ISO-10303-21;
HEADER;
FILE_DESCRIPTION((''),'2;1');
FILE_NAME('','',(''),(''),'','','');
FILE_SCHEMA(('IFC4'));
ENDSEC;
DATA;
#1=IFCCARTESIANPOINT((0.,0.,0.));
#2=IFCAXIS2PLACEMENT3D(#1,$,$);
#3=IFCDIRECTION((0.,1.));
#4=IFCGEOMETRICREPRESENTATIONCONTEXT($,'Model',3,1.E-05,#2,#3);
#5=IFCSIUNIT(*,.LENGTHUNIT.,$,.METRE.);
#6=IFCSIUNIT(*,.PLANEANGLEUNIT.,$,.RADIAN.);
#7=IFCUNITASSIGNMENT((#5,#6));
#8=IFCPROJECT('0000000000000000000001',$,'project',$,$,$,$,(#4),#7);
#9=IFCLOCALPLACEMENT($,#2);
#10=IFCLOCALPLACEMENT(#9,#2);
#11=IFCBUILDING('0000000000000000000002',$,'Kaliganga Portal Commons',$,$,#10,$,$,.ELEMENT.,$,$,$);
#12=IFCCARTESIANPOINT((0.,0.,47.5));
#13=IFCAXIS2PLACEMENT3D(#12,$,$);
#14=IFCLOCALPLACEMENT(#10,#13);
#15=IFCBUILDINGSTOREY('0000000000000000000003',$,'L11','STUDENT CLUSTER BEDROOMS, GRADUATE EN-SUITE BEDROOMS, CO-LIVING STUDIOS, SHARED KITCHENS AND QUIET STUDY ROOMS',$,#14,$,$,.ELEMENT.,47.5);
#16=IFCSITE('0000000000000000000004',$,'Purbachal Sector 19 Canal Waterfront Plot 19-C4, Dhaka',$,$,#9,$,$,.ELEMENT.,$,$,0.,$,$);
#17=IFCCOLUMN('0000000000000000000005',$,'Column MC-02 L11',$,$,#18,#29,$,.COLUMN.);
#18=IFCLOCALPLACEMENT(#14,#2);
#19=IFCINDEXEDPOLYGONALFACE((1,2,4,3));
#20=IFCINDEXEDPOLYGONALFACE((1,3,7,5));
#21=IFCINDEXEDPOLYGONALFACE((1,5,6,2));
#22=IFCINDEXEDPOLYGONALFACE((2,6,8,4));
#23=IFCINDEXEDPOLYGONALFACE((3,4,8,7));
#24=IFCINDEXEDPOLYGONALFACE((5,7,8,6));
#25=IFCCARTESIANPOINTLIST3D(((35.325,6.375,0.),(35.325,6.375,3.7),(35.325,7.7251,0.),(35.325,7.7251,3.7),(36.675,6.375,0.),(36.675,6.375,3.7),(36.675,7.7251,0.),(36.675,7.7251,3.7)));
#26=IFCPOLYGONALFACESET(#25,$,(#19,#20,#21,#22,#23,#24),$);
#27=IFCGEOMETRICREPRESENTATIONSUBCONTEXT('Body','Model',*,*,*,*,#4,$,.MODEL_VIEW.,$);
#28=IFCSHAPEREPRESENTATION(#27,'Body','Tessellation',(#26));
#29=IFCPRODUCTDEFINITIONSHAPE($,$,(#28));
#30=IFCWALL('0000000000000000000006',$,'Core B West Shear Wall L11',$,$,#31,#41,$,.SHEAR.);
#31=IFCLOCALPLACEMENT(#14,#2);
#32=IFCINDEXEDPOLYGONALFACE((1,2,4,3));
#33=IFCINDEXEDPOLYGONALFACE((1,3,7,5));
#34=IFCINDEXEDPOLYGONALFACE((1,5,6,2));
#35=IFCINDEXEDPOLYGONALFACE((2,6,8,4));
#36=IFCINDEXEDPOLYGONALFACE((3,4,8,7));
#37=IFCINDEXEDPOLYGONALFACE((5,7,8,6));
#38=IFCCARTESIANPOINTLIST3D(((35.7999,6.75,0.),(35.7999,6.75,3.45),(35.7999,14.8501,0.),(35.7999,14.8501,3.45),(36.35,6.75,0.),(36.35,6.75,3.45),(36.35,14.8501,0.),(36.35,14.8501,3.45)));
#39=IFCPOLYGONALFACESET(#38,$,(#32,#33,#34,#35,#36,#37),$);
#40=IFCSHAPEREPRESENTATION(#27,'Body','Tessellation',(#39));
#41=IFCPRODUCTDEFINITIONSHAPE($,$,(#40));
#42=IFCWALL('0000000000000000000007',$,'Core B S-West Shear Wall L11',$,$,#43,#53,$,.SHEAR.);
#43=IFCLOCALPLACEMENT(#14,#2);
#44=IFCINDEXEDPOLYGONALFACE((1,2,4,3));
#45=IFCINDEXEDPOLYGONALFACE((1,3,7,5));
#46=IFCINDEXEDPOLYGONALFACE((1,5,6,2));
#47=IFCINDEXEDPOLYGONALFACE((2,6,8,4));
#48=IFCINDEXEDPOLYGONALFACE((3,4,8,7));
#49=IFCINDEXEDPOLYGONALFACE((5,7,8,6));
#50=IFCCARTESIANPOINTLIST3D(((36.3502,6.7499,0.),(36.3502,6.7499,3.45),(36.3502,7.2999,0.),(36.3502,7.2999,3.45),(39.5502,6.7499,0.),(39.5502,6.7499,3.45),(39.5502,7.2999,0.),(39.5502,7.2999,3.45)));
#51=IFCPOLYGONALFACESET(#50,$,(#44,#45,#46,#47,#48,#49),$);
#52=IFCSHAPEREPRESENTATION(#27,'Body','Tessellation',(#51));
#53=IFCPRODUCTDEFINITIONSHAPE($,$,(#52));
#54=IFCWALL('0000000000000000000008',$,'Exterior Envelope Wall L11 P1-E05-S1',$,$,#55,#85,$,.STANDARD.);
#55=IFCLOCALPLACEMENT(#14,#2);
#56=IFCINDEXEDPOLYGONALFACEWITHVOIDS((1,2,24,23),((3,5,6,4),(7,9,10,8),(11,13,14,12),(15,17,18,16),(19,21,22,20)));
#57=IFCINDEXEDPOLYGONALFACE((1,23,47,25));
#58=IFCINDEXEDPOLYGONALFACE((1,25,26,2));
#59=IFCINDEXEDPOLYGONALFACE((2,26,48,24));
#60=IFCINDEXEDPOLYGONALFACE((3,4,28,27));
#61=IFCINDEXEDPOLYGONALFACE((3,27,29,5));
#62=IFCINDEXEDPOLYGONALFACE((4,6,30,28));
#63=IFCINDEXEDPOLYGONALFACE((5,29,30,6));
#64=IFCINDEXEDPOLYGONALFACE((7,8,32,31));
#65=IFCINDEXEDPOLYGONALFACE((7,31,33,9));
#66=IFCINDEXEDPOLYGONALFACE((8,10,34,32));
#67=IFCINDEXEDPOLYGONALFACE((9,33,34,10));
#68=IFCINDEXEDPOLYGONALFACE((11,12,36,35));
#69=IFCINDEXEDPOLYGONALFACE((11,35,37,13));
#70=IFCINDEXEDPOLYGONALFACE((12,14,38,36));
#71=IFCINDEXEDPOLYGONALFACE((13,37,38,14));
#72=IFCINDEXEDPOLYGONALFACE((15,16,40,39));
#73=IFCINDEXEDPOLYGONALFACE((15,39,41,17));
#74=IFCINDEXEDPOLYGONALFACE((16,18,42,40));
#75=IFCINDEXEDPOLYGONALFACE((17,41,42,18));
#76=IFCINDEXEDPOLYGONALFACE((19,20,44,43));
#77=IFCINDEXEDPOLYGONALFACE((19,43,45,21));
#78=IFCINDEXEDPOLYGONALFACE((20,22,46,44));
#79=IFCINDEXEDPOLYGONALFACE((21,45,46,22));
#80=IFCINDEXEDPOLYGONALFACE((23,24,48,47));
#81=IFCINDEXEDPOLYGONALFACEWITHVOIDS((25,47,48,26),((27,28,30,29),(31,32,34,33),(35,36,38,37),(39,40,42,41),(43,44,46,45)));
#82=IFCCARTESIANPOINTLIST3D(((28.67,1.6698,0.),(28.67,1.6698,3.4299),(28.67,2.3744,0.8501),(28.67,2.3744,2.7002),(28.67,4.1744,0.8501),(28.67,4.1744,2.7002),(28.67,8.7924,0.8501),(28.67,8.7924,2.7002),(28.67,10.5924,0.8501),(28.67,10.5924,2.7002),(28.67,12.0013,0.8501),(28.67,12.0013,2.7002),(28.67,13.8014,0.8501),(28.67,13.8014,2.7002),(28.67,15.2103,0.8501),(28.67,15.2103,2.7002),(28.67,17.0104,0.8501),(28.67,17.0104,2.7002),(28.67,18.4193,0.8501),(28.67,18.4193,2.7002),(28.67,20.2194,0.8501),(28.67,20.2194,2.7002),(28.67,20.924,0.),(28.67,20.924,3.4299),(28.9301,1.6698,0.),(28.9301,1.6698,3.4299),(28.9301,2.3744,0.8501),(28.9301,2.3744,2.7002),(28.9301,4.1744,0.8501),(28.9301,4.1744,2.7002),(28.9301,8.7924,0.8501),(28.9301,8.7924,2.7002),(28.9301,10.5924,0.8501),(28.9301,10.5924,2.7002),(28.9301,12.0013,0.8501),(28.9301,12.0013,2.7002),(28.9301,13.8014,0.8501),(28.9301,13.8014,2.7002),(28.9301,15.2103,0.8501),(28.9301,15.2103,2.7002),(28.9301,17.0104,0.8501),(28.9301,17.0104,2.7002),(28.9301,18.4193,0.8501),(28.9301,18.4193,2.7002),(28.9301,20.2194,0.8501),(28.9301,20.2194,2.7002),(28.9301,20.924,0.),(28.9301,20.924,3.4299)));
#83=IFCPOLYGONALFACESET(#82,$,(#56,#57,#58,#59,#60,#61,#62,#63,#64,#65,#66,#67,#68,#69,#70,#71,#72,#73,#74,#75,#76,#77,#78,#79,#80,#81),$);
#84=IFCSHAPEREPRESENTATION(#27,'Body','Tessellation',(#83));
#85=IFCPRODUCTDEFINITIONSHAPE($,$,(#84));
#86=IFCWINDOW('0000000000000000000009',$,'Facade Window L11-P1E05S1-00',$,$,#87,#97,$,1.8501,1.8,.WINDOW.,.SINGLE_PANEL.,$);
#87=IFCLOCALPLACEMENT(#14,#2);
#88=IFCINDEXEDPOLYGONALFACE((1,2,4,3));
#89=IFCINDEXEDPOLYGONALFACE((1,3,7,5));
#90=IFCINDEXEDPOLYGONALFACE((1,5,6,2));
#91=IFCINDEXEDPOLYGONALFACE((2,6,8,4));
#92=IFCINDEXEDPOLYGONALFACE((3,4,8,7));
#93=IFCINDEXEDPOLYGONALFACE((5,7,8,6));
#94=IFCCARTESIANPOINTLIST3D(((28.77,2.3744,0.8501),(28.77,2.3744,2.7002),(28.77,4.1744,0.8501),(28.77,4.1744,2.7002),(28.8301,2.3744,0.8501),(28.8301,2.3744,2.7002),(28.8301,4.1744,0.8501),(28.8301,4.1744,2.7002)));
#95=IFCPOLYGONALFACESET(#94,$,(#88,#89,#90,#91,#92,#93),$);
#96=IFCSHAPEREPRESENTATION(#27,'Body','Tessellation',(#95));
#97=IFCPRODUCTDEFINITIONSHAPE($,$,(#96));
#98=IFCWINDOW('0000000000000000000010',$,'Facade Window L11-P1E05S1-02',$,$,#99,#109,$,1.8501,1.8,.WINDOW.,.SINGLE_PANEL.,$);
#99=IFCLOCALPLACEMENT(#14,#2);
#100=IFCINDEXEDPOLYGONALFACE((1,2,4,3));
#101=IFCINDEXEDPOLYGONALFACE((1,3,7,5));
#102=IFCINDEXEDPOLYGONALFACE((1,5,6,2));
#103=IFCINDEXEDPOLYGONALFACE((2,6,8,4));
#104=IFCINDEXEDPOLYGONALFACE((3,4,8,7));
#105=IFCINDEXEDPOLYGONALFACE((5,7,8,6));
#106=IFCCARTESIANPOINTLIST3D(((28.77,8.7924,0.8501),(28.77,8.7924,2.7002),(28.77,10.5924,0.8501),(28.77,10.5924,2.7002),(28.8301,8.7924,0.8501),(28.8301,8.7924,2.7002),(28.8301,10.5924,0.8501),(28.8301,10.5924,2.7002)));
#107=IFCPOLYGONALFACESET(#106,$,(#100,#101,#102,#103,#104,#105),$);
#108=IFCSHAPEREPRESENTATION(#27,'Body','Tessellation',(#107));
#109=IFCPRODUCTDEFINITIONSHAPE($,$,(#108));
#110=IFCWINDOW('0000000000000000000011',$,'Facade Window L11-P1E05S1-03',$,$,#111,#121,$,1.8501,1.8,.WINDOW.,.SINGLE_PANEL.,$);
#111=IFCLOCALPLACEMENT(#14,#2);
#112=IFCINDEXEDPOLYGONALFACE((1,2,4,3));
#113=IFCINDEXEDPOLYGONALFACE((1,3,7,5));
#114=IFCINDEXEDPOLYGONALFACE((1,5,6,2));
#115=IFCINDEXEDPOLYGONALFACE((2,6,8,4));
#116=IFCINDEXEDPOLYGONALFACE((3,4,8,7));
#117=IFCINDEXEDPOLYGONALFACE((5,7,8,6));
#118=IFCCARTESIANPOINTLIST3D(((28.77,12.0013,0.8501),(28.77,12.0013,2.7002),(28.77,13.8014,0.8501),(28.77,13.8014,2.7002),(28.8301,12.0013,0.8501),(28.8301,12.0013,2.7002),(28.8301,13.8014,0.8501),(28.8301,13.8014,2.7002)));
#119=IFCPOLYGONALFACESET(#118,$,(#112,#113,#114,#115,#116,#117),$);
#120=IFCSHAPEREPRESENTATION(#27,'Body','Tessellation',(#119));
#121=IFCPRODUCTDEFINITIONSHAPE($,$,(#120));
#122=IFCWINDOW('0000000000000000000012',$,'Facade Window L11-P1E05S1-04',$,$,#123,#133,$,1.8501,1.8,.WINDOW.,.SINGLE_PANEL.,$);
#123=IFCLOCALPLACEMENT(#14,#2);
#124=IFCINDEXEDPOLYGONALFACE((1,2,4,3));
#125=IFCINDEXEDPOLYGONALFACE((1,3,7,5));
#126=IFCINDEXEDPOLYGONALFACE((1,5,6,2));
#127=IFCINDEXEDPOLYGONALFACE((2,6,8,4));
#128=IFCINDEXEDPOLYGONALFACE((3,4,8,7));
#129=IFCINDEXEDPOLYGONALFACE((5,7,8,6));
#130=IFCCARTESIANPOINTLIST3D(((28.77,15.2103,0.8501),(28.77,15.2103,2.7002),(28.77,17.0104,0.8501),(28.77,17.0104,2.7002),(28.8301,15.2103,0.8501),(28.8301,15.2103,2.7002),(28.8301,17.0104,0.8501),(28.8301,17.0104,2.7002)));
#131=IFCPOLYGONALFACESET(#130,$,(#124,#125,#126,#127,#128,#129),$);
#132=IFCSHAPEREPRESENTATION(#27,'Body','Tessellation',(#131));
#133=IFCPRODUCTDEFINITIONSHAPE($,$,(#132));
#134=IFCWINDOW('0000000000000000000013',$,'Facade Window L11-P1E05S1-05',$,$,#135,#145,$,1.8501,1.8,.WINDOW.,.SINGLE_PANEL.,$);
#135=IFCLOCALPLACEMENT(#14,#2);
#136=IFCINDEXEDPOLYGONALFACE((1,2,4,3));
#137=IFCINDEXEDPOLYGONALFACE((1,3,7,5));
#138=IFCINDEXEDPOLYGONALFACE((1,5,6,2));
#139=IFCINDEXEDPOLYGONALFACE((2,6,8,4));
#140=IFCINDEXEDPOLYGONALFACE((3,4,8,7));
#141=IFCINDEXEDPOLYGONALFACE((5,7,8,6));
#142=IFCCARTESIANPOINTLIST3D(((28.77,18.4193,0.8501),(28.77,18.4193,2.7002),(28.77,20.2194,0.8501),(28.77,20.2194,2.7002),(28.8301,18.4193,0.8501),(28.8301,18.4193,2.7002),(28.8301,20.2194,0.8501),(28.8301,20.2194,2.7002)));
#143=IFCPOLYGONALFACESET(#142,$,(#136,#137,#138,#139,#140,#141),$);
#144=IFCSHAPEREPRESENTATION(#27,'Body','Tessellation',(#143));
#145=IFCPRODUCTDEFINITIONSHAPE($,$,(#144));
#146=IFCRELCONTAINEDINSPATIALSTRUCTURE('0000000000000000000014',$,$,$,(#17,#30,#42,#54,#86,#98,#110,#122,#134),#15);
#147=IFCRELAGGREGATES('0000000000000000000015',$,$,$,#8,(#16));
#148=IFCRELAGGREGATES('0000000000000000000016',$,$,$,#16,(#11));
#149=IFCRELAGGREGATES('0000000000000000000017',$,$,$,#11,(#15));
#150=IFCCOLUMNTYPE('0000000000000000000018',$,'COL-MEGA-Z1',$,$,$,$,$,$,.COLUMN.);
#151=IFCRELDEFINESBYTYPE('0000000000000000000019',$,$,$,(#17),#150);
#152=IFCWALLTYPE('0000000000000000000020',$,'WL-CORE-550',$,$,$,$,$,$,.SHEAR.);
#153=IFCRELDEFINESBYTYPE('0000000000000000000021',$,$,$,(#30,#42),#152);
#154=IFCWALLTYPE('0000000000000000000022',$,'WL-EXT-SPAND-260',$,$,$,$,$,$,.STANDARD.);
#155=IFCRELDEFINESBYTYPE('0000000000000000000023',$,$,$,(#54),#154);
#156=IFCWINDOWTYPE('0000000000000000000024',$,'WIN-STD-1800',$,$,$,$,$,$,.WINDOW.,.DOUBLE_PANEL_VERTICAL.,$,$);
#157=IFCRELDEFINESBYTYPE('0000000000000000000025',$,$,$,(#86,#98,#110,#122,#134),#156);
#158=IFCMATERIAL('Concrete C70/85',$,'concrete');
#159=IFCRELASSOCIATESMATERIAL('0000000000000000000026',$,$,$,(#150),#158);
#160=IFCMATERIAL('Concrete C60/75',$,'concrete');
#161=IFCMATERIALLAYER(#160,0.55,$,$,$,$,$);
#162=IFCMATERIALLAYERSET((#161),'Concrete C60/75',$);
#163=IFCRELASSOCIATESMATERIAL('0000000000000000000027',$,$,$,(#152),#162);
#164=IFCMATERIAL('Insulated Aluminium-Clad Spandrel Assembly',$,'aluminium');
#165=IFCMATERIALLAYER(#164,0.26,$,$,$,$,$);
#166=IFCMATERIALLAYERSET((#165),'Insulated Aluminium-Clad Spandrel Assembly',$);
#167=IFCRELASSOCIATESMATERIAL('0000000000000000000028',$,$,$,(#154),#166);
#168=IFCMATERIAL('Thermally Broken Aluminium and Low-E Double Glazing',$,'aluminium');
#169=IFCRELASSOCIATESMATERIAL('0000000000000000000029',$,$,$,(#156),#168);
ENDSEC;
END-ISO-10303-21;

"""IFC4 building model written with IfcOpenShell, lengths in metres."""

from ifc_helpers import new_model, si_unit, direction, frame, frame_2d, origin, origin_2d, place, context, subcontext, project, spatial, rectangle, extrude, source, transform, mapped, material, layer, layer_set, material_profile, profile_set, type_object, element, fill, save


model = new_model("IFC4")

# Units and contexts
model_context = context("Model", 3, precision=1e-05, world=origin(), true_north=direction((0.0, 1.0)))
body_context = subcontext(model_context, "Body", "Model", "MODEL_VIEW")
ifc_project = project(units=[si_unit("LENGTHUNIT", "METRE"), si_unit("PLANEANGLEUNIT", "RADIAN")], contexts=[model_context])

# Site, building, storey
site_placement = place(None, origin())
site = spatial("IfcSite", under=ifc_project, at=site_placement, Name="Purbachal Sector 19 Canal Waterfront Plot 19-C4, Dhaka", CompositionType="ELEMENT", RefElevation=0.0)
building_placement = place(site_placement, origin())
building = spatial("IfcBuilding", under=site, at=building_placement, Name="Kaliganga Portal Commons", CompositionType="ELEMENT")
storey_placement = place(building_placement, frame((0.0, 0.0, 47.5)))
storey = spatial("IfcBuildingStorey", under=building, at=storey_placement, Name="L11", Description="STUDENT CLUSTER BEDROOMS, GRADUATE EN-SUITE BEDROOMS, CO-LIVING STUDIOS, SHARED KITCHENS AND QUIET STUDY ROOMS", CompositionType="ELEMENT", Elevation=47.5)

# Column
ifc_material_1 = material(Name="Concrete C70/85", Category="concrete")
ifc_material_profile = material_profile(ifc_material_1, rectangle(XDim=1.3501, YDim=1.3501, at=origin_2d()), Name="RC 1350x1350")
ifc_profile_set = profile_set([ifc_material_profile], Name="Concrete C70/85")
column_type = type_object("IfcColumnType", Name="COL-MEGA-Z1", PredefinedType="COLUMN", material=ifc_profile_set)
shared_shape = source(origin(), body_context, "Body", "SweptSolid", [
    extrude(rectangle(XDim=1.3501, YDim=1.3501, at=origin_2d()), origin(), (0.0, 0.0, 1.0), 3.7),
])
column_placement = place(storey_placement, frame((36.0, 7.05, 0.0), z_axis=(0.0, 0.0, 1.0), x_axis=(1.0, 0.0, 0.0)))
element("IfcColumn", 1, at=column_placement, inside=storey, type_object=column_type, Name="Column MC-02 L11", PredefinedType="COLUMN", context=body_context, shape_type="MappedRepresentation", body=[
    mapped(shared_shape, transform((0.0, 0.0, 0.0), x_axis=(1.0, 0.0, 0.0), y_axis=(0.0, 1.0, 0.0), z_axis=(0.0, 0.0, 1.0), scale=1.0)),
])

# Walls
ifc_material_2 = material(Name="Concrete C60/75", Category="concrete")
ifc_layer_1 = layer(ifc_material_2, 0.55)
ifc_layer_set_1 = layer_set([ifc_layer_1], Name="Concrete C60/75")
wall_type_1 = type_object("IfcWallType", Name="WL-CORE-550", PredefinedType="SHEAR", material=ifc_layer_set_1)
wall_1_placement = place(storey_placement, frame((36.075, 6.75, 0.0), z_axis=(0.0, 0.0, 1.0), x_axis=(0.0, 1.0, 0.0)))
element("IfcWall", 2, at=wall_1_placement, inside=storey, type_object=wall_type_1, Name="Core B West Shear Wall L11", PredefinedType="SHEAR", context=body_context, shape_type="SweptSolid", body=[
    extrude(rectangle(XDim=8.1001, YDim=0.55, at=frame_2d((4.05, 0.0))), origin(), (0.0, 0.0, 1.0), 3.45),
])
wall_2_placement = place(storey_placement, frame((36.3501, 7.0249, 0.0), z_axis=(0.0, 0.0, 1.0), x_axis=(1.0, 0.0, 0.0)))
element("IfcWall", 3, at=wall_2_placement, inside=storey, type_object=wall_type_1, Name="Core B S-West Shear Wall L11", PredefinedType="SHEAR", context=body_context, shape_type="SweptSolid", body=[
    extrude(rectangle(XDim=3.2, YDim=0.55, at=frame_2d((1.6001, 0.0))), origin(), (0.0, 0.0, 1.0), 3.45),
])

# Wall, openings, windows
ifc_material_3 = material(Name="Insulated Aluminium-Clad Spandrel Assembly", Category="aluminium")
ifc_layer_2 = layer(ifc_material_3, 0.26)
ifc_layer_set_2 = layer_set([ifc_layer_2], Name="Insulated Aluminium-Clad Spandrel Assembly")
wall_type_2 = type_object("IfcWallType", Name="WL-EXT-SPAND-260", PredefinedType="STANDARD", material=ifc_layer_set_2)
wall_3_placement = place(storey_placement, frame((28.8, 1.6699, 0.0), z_axis=(0.0, 0.0, 1.0), x_axis=(0.0, 1.0, 0.0)))
wall_3 = element("IfcWall", 4, at=wall_3_placement, inside=storey, type_object=wall_type_2, Name="Exterior Envelope Wall L11 P1-E05-S1", PredefinedType="STANDARD", context=body_context, shape_type="SweptSolid", body=[
    extrude(rectangle(XDim=19.2542, YDim=0.26, at=frame_2d((9.627, 0.0))), origin(), (0.0, 0.0, 1.0), 3.4299),
])
opening_1_placement = place(wall_3_placement, frame((0.7046, 0.0, 0.8501)))
opening_1 = element("IfcOpeningElement", 5, at=opening_1_placement, cuts=wall_3, PredefinedType="OPENING", context=body_context, shape_type="SweptSolid", body=[
    extrude(rectangle(XDim=1.8, YDim=1.8501, at=frame_2d((0.8999, 0.925))), frame((0.0, 0.1401, 0.0), z_axis=(0.0, -1.0, 0.0), x_axis=(1.0, 0.0, 0.0)), (0.0, 0.0, 1.0), 0.28),
])
opening_2_placement = place(wall_3_placement, frame((7.1226, 0.0, 0.8501)))
opening_2 = element("IfcOpeningElement", 6, at=opening_2_placement, cuts=wall_3, PredefinedType="OPENING", context=body_context, shape_type="SweptSolid", body=[
    extrude(rectangle(XDim=1.8, YDim=1.8501, at=frame_2d((0.8999, 0.925))), frame((0.0, 0.1401, 0.0), z_axis=(0.0, -1.0, 0.0), x_axis=(1.0, 0.0, 0.0)), (0.0, 0.0, 1.0), 0.28),
])
opening_3_placement = place(wall_3_placement, frame((10.3315, 0.0, 0.8501)))
opening_3 = element("IfcOpeningElement", 7, at=opening_3_placement, cuts=wall_3, PredefinedType="OPENING", context=body_context, shape_type="SweptSolid", body=[
    extrude(rectangle(XDim=1.8, YDim=1.8501, at=frame_2d((0.8999, 0.925))), frame((0.0, 0.1401, 0.0), z_axis=(0.0, -1.0, 0.0), x_axis=(1.0, 0.0, 0.0)), (0.0, 0.0, 1.0), 0.28),
])
opening_4_placement = place(wall_3_placement, frame((13.5405, 0.0, 0.8501)))
opening_4 = element("IfcOpeningElement", 8, at=opening_4_placement, cuts=wall_3, PredefinedType="OPENING", context=body_context, shape_type="SweptSolid", body=[
    extrude(rectangle(XDim=1.8, YDim=1.8501, at=frame_2d((0.8999, 0.925))), frame((0.0, 0.1401, 0.0), z_axis=(0.0, -1.0, 0.0), x_axis=(1.0, 0.0, 0.0)), (0.0, 0.0, 1.0), 0.28),
])
opening_5_placement = place(wall_3_placement, frame((16.7495, 0.0, 0.8501)))
opening_5 = element("IfcOpeningElement", 9, at=opening_5_placement, cuts=wall_3, PredefinedType="OPENING", context=body_context, shape_type="SweptSolid", body=[
    extrude(rectangle(XDim=1.8, YDim=1.8501, at=frame_2d((0.8999, 0.925))), frame((0.0, 0.1401, 0.0), z_axis=(0.0, -1.0, 0.0), x_axis=(1.0, 0.0, 0.0)), (0.0, 0.0, 1.0), 0.28),
])
ifc_material_4 = material(Name="Thermally Broken Aluminium and Low-E Double Glazing", Category="aluminium")
window_type = type_object("IfcWindowType", Name="WIN-STD-1800", PartitioningType="DOUBLE_PANEL_VERTICAL", PredefinedType="WINDOW", material=ifc_material_4)
window_1_placement = place(opening_1_placement, origin())
window_1 = element("IfcWindow", 10, at=window_1_placement, inside=storey, type_object=window_type, Name="Facade Window L11-P1E05S1-00", OverallHeight=1.8501, OverallWidth=1.8, PartitioningType="SINGLE_PANEL", PredefinedType="WINDOW", context=body_context, shape_type="SweptSolid", body=[
    extrude(rectangle(XDim=1.8, YDim=1.8501, at=frame_2d((0.8999, 0.925))), frame((0.0, 0.03, 0.0), z_axis=(0.0, -1.0, 0.0), x_axis=(1.0, 0.0, 0.0)), (0.0, 0.0, 1.0), 0.0601),
])
fill(opening_1, window_1)
window_2_placement = place(opening_2_placement, origin())
window_2 = element("IfcWindow", 11, at=window_2_placement, inside=storey, type_object=window_type, Name="Facade Window L11-P1E05S1-02", OverallHeight=1.8501, OverallWidth=1.8, PartitioningType="SINGLE_PANEL", PredefinedType="WINDOW", context=body_context, shape_type="SweptSolid", body=[
    extrude(rectangle(XDim=1.8, YDim=1.8501, at=frame_2d((0.8999, 0.925))), frame((0.0, 0.03, 0.0), z_axis=(0.0, -1.0, 0.0), x_axis=(1.0, 0.0, 0.0)), (0.0, 0.0, 1.0), 0.0601),
])
fill(opening_2, window_2)
window_3_placement = place(opening_3_placement, origin())
window_3 = element("IfcWindow", 12, at=window_3_placement, inside=storey, type_object=window_type, Name="Facade Window L11-P1E05S1-03", OverallHeight=1.8501, OverallWidth=1.8, PartitioningType="SINGLE_PANEL", PredefinedType="WINDOW", context=body_context, shape_type="SweptSolid", body=[
    extrude(rectangle(XDim=1.8, YDim=1.8501, at=frame_2d((0.8999, 0.925))), frame((0.0, 0.03, 0.0), z_axis=(0.0, -1.0, 0.0), x_axis=(1.0, 0.0, 0.0)), (0.0, 0.0, 1.0), 0.0601),
])
fill(opening_3, window_3)
window_4_placement = place(opening_4_placement, origin())
window_4 = element("IfcWindow", 13, at=window_4_placement, inside=storey, type_object=window_type, Name="Facade Window L11-P1E05S1-04", OverallHeight=1.8501, OverallWidth=1.8, PartitioningType="SINGLE_PANEL", PredefinedType="WINDOW", context=body_context, shape_type="SweptSolid", body=[
    extrude(rectangle(XDim=1.8, YDim=1.8501, at=frame_2d((0.8999, 0.925))), frame((0.0, 0.03, 0.0), z_axis=(0.0, -1.0, 0.0), x_axis=(1.0, 0.0, 0.0)), (0.0, 0.0, 1.0), 0.0601),
])
fill(opening_4, window_4)
window_5_placement = place(opening_5_placement, origin())
window_5 = element("IfcWindow", 14, at=window_5_placement, inside=storey, type_object=window_type, Name="Facade Window L11-P1E05S1-05", OverallHeight=1.8501, OverallWidth=1.8, PartitioningType="SINGLE_PANEL", PredefinedType="WINDOW", context=body_context, shape_type="SweptSolid", body=[
    extrude(rectangle(XDim=1.8, YDim=1.8501, at=frame_2d((0.8999, 0.925))), frame((0.0, 0.03, 0.0), z_axis=(0.0, -1.0, 0.0), x_axis=(1.0, 0.0, 0.0)), (0.0, 0.0, 1.0), 0.0601),
])
fill(opening_5, window_5)

save(model, "model.ifc")
